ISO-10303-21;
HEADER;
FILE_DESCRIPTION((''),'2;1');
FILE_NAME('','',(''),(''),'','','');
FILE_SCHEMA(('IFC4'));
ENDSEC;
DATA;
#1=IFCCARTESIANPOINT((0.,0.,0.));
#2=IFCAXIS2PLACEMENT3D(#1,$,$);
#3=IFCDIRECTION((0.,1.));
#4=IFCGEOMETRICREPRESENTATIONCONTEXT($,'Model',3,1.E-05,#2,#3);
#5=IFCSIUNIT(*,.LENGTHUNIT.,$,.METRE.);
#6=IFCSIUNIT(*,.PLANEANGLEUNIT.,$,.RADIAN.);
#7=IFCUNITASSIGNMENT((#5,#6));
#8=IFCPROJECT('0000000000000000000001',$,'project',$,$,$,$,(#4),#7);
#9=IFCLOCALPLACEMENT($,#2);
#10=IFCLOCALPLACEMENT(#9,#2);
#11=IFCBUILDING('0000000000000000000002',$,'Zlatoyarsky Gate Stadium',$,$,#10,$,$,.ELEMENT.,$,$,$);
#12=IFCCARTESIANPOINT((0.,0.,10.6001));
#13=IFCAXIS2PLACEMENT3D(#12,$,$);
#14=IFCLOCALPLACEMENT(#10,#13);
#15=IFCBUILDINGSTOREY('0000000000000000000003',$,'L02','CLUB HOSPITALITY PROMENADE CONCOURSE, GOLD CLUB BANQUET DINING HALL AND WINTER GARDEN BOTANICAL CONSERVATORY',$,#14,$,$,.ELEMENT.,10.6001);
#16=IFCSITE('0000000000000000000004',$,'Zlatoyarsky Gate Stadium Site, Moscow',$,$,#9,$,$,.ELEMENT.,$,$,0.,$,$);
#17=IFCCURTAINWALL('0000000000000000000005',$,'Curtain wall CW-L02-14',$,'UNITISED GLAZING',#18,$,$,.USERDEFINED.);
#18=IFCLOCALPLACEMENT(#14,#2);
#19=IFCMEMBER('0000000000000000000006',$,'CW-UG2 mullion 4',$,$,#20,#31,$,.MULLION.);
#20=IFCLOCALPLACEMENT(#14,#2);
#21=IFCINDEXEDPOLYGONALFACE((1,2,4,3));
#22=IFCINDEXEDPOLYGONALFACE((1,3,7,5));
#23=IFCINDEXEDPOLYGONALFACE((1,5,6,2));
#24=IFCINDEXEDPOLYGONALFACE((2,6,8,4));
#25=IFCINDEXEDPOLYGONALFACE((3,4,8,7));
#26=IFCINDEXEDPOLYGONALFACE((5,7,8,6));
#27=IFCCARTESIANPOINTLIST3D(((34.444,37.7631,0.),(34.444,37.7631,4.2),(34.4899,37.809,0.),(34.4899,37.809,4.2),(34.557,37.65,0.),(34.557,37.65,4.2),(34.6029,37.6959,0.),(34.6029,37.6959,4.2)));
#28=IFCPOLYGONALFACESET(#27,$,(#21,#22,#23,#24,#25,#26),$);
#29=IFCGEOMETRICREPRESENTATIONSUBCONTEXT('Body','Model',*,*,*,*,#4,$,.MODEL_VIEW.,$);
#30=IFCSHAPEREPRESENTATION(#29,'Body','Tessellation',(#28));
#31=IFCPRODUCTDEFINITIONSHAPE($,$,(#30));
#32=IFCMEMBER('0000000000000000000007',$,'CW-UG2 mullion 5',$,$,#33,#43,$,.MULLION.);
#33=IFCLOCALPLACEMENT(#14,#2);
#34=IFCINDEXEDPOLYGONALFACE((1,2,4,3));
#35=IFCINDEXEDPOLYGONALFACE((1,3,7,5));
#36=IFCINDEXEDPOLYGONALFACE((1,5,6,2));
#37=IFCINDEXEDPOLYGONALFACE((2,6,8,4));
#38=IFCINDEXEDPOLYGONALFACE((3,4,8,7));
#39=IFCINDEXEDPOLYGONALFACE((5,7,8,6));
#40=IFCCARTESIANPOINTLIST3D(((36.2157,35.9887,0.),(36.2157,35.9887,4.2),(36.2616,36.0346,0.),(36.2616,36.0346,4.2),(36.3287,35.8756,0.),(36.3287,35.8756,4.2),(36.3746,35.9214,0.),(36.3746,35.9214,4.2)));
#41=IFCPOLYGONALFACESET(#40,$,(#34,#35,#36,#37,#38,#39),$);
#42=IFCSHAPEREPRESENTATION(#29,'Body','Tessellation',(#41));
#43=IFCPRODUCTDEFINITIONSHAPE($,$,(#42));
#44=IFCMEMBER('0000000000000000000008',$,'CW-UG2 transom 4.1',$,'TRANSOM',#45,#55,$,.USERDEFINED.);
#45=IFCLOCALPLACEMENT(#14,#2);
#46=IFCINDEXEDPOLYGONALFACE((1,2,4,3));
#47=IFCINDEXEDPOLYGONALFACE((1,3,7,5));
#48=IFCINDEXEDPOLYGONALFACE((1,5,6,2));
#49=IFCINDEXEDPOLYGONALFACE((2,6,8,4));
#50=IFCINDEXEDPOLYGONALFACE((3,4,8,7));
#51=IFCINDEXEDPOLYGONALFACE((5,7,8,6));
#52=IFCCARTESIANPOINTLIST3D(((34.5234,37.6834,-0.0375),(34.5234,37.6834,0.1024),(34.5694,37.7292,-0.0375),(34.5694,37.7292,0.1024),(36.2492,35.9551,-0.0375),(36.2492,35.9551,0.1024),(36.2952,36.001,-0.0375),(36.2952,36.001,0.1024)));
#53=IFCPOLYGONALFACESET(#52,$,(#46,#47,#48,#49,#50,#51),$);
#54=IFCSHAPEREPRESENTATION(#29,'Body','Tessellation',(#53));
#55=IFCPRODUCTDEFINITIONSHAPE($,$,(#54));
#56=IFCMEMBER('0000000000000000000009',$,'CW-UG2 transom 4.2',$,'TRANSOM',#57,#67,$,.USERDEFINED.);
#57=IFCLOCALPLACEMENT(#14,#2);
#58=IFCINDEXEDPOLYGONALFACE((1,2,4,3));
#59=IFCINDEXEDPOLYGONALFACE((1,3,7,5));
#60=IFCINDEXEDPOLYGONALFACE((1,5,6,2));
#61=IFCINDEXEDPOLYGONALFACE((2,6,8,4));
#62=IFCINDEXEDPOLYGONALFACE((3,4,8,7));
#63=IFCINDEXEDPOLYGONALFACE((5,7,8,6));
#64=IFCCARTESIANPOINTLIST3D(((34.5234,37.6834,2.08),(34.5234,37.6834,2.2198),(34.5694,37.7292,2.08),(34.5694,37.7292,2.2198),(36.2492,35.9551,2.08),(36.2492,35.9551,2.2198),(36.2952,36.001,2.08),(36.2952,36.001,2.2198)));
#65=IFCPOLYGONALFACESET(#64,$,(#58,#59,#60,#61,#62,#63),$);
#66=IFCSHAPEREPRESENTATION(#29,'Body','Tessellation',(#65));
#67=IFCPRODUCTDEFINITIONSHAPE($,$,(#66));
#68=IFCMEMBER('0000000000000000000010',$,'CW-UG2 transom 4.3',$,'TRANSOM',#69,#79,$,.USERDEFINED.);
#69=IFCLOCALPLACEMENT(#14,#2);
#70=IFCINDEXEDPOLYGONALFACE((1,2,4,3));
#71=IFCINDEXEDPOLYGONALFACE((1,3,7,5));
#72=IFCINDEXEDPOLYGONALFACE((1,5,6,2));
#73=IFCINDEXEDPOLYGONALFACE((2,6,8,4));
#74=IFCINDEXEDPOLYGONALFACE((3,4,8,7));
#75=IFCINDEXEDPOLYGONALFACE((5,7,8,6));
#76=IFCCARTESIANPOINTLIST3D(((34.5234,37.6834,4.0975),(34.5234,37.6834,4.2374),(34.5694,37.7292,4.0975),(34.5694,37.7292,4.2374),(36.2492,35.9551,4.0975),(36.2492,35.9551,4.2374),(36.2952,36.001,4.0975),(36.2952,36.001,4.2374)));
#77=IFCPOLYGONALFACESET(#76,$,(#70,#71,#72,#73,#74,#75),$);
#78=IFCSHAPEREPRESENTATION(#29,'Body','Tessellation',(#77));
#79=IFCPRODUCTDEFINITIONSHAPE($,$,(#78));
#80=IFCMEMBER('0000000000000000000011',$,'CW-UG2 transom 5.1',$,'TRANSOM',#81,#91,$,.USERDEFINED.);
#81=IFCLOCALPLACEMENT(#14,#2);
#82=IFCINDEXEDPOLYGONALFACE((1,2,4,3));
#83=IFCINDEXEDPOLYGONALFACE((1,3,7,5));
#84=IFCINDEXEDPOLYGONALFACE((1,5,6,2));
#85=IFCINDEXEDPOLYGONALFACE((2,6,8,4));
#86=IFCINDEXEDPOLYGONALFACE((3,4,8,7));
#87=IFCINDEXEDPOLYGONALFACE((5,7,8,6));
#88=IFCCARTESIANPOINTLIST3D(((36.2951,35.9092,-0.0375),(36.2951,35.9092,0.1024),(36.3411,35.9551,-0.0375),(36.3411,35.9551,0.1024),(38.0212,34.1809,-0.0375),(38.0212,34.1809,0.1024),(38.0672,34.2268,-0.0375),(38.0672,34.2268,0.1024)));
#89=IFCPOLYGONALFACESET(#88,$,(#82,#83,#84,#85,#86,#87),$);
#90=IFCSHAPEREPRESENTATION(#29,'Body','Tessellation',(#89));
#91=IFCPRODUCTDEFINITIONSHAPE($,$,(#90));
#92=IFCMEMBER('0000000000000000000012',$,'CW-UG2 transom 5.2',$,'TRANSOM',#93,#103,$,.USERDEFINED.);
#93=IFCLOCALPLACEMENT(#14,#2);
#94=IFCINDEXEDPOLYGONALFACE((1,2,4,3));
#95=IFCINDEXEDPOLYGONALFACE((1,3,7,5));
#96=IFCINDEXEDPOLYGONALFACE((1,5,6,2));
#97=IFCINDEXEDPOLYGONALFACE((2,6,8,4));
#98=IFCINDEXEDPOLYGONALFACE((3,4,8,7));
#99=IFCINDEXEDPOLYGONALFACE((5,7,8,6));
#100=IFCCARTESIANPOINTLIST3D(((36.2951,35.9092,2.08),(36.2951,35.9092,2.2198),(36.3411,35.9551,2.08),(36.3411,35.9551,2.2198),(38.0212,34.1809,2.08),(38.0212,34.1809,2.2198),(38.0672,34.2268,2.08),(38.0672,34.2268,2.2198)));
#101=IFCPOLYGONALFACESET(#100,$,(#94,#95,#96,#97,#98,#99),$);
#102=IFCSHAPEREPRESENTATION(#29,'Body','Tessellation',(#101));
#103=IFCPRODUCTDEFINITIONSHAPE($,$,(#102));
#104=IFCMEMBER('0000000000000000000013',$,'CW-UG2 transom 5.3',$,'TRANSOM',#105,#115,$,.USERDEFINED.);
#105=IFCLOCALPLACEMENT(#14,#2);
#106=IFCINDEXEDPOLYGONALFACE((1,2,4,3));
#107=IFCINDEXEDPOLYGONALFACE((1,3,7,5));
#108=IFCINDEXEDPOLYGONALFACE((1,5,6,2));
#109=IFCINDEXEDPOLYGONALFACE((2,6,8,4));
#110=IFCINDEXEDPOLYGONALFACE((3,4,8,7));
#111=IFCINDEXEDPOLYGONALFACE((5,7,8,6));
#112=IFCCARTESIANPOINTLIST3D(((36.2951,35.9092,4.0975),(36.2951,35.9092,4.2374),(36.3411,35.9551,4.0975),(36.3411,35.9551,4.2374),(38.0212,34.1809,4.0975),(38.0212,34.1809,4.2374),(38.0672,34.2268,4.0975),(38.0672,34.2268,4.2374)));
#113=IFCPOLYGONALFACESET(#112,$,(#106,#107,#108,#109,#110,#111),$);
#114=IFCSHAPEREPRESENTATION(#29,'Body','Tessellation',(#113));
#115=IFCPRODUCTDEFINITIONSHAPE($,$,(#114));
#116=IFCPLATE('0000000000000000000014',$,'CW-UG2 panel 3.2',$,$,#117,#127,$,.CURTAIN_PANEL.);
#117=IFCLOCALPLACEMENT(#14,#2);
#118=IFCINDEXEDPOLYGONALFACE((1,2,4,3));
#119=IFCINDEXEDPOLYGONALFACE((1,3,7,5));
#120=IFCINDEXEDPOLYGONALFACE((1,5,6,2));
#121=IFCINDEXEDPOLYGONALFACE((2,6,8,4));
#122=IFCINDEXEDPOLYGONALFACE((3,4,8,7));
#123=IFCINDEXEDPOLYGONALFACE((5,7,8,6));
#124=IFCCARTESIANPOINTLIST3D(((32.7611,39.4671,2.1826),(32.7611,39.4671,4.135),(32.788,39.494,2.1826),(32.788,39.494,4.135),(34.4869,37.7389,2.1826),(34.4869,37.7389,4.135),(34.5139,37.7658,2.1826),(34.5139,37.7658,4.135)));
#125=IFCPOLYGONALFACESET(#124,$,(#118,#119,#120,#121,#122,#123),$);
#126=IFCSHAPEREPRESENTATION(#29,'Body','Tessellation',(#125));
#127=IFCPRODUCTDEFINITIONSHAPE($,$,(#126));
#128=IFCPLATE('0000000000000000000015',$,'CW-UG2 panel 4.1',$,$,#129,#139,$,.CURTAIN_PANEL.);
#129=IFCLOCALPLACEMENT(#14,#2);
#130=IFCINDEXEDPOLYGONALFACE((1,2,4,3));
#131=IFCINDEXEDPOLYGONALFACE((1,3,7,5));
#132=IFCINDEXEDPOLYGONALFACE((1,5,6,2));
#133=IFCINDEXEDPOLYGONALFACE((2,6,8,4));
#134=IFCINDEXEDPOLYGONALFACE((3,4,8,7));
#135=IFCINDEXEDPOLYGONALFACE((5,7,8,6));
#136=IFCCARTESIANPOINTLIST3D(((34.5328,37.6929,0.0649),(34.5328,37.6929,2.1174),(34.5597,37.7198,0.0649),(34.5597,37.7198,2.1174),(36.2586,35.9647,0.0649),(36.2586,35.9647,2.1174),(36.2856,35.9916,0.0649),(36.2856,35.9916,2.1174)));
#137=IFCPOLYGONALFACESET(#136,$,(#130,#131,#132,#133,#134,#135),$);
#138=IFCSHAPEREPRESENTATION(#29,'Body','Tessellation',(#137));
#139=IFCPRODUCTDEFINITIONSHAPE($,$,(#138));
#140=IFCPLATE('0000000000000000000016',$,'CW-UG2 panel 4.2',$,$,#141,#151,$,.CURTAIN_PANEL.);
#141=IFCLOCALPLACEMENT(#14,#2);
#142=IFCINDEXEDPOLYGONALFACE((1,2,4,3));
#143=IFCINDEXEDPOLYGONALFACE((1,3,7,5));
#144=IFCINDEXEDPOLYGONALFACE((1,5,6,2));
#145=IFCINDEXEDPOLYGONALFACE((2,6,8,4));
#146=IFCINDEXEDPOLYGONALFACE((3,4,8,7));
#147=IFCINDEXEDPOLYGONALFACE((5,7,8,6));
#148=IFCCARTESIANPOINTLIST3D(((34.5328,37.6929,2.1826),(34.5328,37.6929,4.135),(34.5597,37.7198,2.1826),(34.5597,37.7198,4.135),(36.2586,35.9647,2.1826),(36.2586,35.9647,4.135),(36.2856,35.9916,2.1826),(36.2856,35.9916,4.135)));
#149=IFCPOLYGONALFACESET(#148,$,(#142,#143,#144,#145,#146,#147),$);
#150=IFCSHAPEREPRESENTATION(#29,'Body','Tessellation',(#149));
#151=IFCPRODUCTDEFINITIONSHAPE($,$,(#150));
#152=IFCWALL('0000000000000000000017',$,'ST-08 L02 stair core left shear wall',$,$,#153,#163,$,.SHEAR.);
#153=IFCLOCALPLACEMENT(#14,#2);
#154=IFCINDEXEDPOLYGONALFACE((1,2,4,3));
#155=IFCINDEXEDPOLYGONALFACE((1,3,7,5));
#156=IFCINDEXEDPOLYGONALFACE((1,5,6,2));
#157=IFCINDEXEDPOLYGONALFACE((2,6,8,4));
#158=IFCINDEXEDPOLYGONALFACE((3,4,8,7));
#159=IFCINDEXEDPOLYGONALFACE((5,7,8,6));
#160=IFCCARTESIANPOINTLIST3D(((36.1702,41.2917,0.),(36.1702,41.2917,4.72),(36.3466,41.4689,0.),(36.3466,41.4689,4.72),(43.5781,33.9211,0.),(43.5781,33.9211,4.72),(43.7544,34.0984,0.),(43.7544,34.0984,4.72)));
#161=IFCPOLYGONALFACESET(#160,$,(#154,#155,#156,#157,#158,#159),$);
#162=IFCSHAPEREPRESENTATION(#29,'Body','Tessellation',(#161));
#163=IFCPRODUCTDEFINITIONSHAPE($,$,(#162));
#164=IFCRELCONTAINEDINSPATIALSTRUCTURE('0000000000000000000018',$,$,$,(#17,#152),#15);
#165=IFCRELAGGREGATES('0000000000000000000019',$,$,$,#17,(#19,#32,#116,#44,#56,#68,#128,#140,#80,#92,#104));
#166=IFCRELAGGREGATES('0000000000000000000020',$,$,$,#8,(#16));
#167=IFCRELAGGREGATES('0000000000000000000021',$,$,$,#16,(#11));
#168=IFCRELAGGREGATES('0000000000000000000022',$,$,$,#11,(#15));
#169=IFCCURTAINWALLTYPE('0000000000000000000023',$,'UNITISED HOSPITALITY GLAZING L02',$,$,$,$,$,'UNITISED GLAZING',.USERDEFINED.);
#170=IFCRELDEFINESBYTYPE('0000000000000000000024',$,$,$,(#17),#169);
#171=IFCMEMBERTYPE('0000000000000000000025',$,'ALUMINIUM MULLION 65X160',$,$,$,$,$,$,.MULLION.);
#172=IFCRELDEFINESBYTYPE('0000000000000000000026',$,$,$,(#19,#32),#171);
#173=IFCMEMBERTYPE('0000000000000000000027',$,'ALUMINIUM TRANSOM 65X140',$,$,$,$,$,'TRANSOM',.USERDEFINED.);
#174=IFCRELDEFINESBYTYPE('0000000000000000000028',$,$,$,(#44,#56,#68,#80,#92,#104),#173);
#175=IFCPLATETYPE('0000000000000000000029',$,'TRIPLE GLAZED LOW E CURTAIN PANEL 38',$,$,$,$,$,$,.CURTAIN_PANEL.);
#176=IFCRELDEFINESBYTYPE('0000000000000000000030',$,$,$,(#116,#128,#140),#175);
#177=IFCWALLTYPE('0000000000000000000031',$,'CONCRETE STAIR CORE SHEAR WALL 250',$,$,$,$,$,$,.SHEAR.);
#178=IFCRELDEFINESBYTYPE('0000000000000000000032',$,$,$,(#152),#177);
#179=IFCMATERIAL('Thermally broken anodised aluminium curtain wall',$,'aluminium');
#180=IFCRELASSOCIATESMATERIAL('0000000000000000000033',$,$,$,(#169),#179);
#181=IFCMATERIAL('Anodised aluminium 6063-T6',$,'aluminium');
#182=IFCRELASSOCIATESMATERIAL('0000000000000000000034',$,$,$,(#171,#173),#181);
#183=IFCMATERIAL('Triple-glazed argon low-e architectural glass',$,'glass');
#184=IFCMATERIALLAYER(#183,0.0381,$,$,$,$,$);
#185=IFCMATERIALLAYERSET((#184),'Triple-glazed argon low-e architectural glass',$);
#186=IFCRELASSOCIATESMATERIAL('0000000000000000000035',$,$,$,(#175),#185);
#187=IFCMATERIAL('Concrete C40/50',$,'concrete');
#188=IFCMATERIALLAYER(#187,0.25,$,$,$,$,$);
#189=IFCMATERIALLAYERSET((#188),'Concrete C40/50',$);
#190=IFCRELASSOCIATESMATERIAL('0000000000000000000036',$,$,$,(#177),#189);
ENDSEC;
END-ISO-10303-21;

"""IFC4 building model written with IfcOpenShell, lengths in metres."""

from ifc_helpers import new_model, si_unit, direction, frame, frame_2d, origin, origin_2d, place, context, subcontext, project, spatial, rectangle, extrude, material, layer, layer_set, material_profile, profile_set, type_object, element, aggregate, save


model = new_model("IFC4")

# Units and contexts
model_context = context("Model", 3, precision=1e-05, world=origin(), true_north=direction((0.0, 1.0)))
body_context = subcontext(model_context, "Body", "Model", "MODEL_VIEW")
ifc_project = project(units=[si_unit("LENGTHUNIT", "METRE"), si_unit("PLANEANGLEUNIT", "RADIAN")], contexts=[model_context])

# Site, building, storey
site_placement = place(None, origin())
site = spatial("IfcSite", under=ifc_project, at=site_placement, Name="Zlatoyarsky Gate Stadium Site, Moscow", CompositionType="ELEMENT", RefElevation=0.0)
building_placement = place(site_placement, origin())
building = spatial("IfcBuilding", under=site, at=building_placement, Name="Zlatoyarsky Gate Stadium", CompositionType="ELEMENT")
storey_placement = place(building_placement, frame((0.0, 0.0, 10.6001)))
storey = spatial("IfcBuildingStorey", under=building, at=storey_placement, Name="L02", Description="CLUB HOSPITALITY PROMENADE CONCOURSE, GOLD CLUB BANQUET DINING HALL AND WINTER GARDEN BOTANICAL CONSERVATORY", CompositionType="ELEMENT", Elevation=10.6001)

# Curtain wall, members, plates
ifc_material_1 = material(Name="Thermally broken anodised aluminium curtain wall", Category="aluminium")
curtain_wall_type = type_object("IfcCurtainWallType", Name="UNITISED HOSPITALITY GLAZING L02", ElementType="UNITISED GLAZING", PredefinedType="USERDEFINED", material=ifc_material_1)
curtain_wall_placement = place(storey_placement, origin())
curtain_wall = element("IfcCurtainWall", 1, at=curtain_wall_placement, inside=storey, type_object=curtain_wall_type, Name="Curtain wall CW-L02-14", ObjectType="UNITISED GLAZING", PredefinedType="USERDEFINED")
ifc_material_2 = material(Name="Anodised aluminium 6063-T6", Category="aluminium")
ifc_material_profile_1 = material_profile(ifc_material_2, rectangle(XDim=0.0649, YDim=0.1599, at=origin_2d()), Name="ALU 65X160")
ifc_profile_set_1 = profile_set([ifc_material_profile_1], Name="Anodised aluminium 6063-T6")
member_type_1 = type_object("IfcMemberType", Name="ALUMINIUM MULLION 65X160", PredefinedType="MULLION", material=ifc_profile_set_1)
member_1_placement = place(storey_placement, frame((34.5234, 37.7295, 0.0), z_axis=(0.0, 0.0, 1.0), x_axis=(0.707588, 0.706626, 0.0)))
member_1 = element("IfcMember", 2, at=member_1_placement, type_object=member_type_1, Name="CW-UG2 mullion 4", PredefinedType="MULLION", context=body_context, shape_type="SweptSolid", body=[
    extrude(rectangle(XDim=0.0649, YDim=0.1599, at=origin_2d()), origin(), (0.0, 0.0, 1.0), 4.2),
])
member_2_placement = place(storey_placement, frame((36.2952, 35.9551, 0.0), z_axis=(0.0, 0.0, 1.0), x_axis=(0.707588, 0.706626, 0.0)))
member_2 = element("IfcMember", 3, at=member_2_placement, type_object=member_type_1, Name="CW-UG2 mullion 5", PredefinedType="MULLION", context=body_context, shape_type="SweptSolid", body=[
    extrude(rectangle(XDim=0.0649, YDim=0.1599, at=origin_2d()), origin(), (0.0, 0.0, 1.0), 4.2),
])
ifc_material_profile_2 = material_profile(ifc_material_2, rectangle(XDim=0.0649, YDim=0.1399, at=origin_2d()), Name="ALU 65X140")
ifc_profile_set_2 = profile_set([ifc_material_profile_2], Name="Anodised aluminium 6063-T6")
member_type_2 = type_object("IfcMemberType", Name="ALUMINIUM TRANSOM 65X140", ElementType="TRANSOM", PredefinedType="USERDEFINED", material=ifc_profile_set_2)
member_3_placement = place(storey_placement, frame((34.5464, 37.7063, 0.0325), z_axis=(0.706607, -0.707606, 0.0), x_axis=(0.707606, 0.706607, 0.0)))
member_3 = element("IfcMember", 4, at=member_3_placement, type_object=member_type_2, Name="CW-UG2 transom 4.1", ObjectType="TRANSOM", PredefinedType="USERDEFINED", context=body_context, shape_type="SweptSolid", body=[
    extrude(rectangle(XDim=0.0649, YDim=0.1399, at=origin_2d()), origin(), (0.0, 0.0, 1.0), 2.4424),
])
member_4_placement = place(storey_placement, frame((34.5464, 37.7063, 2.1499), z_axis=(0.706607, -0.707606, 0.0), x_axis=(0.707606, 0.706607, 0.0)))
member_4 = element("IfcMember", 5, at=member_4_placement, type_object=member_type_2, Name="CW-UG2 transom 4.2", ObjectType="TRANSOM", PredefinedType="USERDEFINED", context=body_context, shape_type="SweptSolid", body=[
    extrude(rectangle(XDim=0.0649, YDim=0.1399, at=origin_2d()), origin(), (0.0, 0.0, 1.0), 2.4424),
])
member_5_placement = place(storey_placement, frame((34.5464, 37.7063, 4.1675), z_axis=(0.706607, -0.707606, 0.0), x_axis=(0.707606, 0.706607, 0.0)))
member_5 = element("IfcMember", 6, at=member_5_placement, type_object=member_type_2, Name="CW-UG2 transom 4.3", ObjectType="TRANSOM", PredefinedType="USERDEFINED", context=body_context, shape_type="SweptSolid", body=[
    extrude(rectangle(XDim=0.0649, YDim=0.1399, at=origin_2d()), origin(), (0.0, 0.0, 1.0), 2.4424),
])
member_6_placement = place(storey_placement, frame((36.3181, 35.9321, 0.0325), z_axis=(0.706657, -0.707556, 0.0), x_axis=(0.707556, 0.706657, 0.0)))
member_6 = element("IfcMember", 7, at=member_6_placement, type_object=member_type_2, Name="CW-UG2 transom 5.1", ObjectType="TRANSOM", PredefinedType="USERDEFINED", context=body_context, shape_type="SweptSolid", body=[
    extrude(rectangle(XDim=0.0649, YDim=0.1399, at=origin_2d()), origin(), (0.0, 0.0, 1.0), 2.4426),
])
member_7_placement = place(storey_placement, frame((36.3181, 35.9321, 2.1499), z_axis=(0.706657, -0.707556, 0.0), x_axis=(0.707556, 0.706657, 0.0)))
member_7 = element("IfcMember", 8, at=member_7_placement, type_object=member_type_2, Name="CW-UG2 transom 5.2", ObjectType="TRANSOM", PredefinedType="USERDEFINED", context=body_context, shape_type="SweptSolid", body=[
    extrude(rectangle(XDim=0.0649, YDim=0.1399, at=origin_2d()), origin(), (0.0, 0.0, 1.0), 2.4426),
])
member_8_placement = place(storey_placement, frame((36.3181, 35.9321, 4.1675), z_axis=(0.706657, -0.707556, 0.0), x_axis=(0.707556, 0.706657, 0.0)))
member_8 = element("IfcMember", 9, at=member_8_placement, type_object=member_type_2, Name="CW-UG2 transom 5.3", ObjectType="TRANSOM", PredefinedType="USERDEFINED", context=body_context, shape_type="SweptSolid", body=[
    extrude(rectangle(XDim=0.0649, YDim=0.1399, at=origin_2d()), origin(), (0.0, 0.0, 1.0), 2.4426),
])
ifc_material_3 = material(Name="Triple-glazed argon low-e architectural glass", Category="glass")
ifc_layer_1 = layer(ifc_material_3, 0.0381)
ifc_layer_set_1 = layer_set([ifc_layer_1], Name="Triple-glazed argon low-e architectural glass")
plate_type = type_object("IfcPlateType", Name="TRIPLE GLAZED LOW E CURTAIN PANEL 38", PredefinedType="CURTAIN_PANEL", material=ifc_layer_set_1)
plate_1_placement = place(storey_placement, frame((33.6375, 38.6165, 2.1826), z_axis=(0.0, 0.0, 1.0), x_axis=(0.706626, -0.707588, 0.0)))
plate_1 = element("IfcPlate", 10, at=plate_1_placement, type_object=plate_type, Name="CW-UG2 panel 3.2", PredefinedType="CURTAIN_PANEL", context=body_context, shape_type="SweptSolid", body=[
    extrude(rectangle(XDim=2.4424, YDim=0.0381, at=origin_2d()), origin(), (0.0, 0.0, 1.0), 1.9524),
])
plate_2_placement = place(storey_placement, frame((35.4092, 36.8423, 0.0649), z_axis=(0.0, 0.0, 1.0), x_axis=(0.706626, -0.707588, 0.0)))
plate_2 = element("IfcPlate", 11, at=plate_2_placement, type_object=plate_type, Name="CW-UG2 panel 4.1", PredefinedType="CURTAIN_PANEL", context=body_context, shape_type="SweptSolid", body=[
    extrude(rectangle(XDim=2.4424, YDim=0.0381, at=origin_2d()), origin(), (0.0, 0.0, 1.0), 2.0525),
])
plate_3_placement = place(storey_placement, frame((35.4092, 36.8423, 2.1826), z_axis=(0.0, 0.0, 1.0), x_axis=(0.706626, -0.707588, 0.0)))
plate_3 = element("IfcPlate", 12, at=plate_3_placement, type_object=plate_type, Name="CW-UG2 panel 4.2", PredefinedType="CURTAIN_PANEL", context=body_context, shape_type="SweptSolid", body=[
    extrude(rectangle(XDim=2.4424, YDim=0.0381, at=origin_2d()), origin(), (0.0, 0.0, 1.0), 1.9524),
])
aggregate(curtain_wall, [member_1, member_2, plate_1, member_3, member_4, member_5, plate_2, plate_3, member_6, member_7, member_8])

# Wall
ifc_material_4 = material(Name="Concrete C40/50", Category="concrete")
ifc_layer_2 = layer(ifc_material_4, 0.25)
ifc_layer_set_2 = layer_set([ifc_layer_2], Name="Concrete C40/50")
wall_type = type_object("IfcWallType", Name="CONCRETE STAIR CORE SHEAR WALL 250", PredefinedType="SHEAR", material=ifc_layer_set_2)
wall_placement = place(storey_placement, frame((36.2583, 41.3804, 0.0), z_axis=(0.0, 0.0, 1.0), x_axis=(0.708892, -0.705317, 0.0)))
element("IfcWall", 13, at=wall_placement, inside=storey, type_object=wall_type, Name="ST-08 L02 stair core left shear wall", PredefinedType="SHEAR", context=body_context, shape_type="SweptSolid", body=[
    extrude(rectangle(XDim=10.45, YDim=0.25, at=frame_2d((5.2251, 0.0))), origin(), (0.0, 0.0, 1.0), 4.72),
])

save(model, "model.ifc")
